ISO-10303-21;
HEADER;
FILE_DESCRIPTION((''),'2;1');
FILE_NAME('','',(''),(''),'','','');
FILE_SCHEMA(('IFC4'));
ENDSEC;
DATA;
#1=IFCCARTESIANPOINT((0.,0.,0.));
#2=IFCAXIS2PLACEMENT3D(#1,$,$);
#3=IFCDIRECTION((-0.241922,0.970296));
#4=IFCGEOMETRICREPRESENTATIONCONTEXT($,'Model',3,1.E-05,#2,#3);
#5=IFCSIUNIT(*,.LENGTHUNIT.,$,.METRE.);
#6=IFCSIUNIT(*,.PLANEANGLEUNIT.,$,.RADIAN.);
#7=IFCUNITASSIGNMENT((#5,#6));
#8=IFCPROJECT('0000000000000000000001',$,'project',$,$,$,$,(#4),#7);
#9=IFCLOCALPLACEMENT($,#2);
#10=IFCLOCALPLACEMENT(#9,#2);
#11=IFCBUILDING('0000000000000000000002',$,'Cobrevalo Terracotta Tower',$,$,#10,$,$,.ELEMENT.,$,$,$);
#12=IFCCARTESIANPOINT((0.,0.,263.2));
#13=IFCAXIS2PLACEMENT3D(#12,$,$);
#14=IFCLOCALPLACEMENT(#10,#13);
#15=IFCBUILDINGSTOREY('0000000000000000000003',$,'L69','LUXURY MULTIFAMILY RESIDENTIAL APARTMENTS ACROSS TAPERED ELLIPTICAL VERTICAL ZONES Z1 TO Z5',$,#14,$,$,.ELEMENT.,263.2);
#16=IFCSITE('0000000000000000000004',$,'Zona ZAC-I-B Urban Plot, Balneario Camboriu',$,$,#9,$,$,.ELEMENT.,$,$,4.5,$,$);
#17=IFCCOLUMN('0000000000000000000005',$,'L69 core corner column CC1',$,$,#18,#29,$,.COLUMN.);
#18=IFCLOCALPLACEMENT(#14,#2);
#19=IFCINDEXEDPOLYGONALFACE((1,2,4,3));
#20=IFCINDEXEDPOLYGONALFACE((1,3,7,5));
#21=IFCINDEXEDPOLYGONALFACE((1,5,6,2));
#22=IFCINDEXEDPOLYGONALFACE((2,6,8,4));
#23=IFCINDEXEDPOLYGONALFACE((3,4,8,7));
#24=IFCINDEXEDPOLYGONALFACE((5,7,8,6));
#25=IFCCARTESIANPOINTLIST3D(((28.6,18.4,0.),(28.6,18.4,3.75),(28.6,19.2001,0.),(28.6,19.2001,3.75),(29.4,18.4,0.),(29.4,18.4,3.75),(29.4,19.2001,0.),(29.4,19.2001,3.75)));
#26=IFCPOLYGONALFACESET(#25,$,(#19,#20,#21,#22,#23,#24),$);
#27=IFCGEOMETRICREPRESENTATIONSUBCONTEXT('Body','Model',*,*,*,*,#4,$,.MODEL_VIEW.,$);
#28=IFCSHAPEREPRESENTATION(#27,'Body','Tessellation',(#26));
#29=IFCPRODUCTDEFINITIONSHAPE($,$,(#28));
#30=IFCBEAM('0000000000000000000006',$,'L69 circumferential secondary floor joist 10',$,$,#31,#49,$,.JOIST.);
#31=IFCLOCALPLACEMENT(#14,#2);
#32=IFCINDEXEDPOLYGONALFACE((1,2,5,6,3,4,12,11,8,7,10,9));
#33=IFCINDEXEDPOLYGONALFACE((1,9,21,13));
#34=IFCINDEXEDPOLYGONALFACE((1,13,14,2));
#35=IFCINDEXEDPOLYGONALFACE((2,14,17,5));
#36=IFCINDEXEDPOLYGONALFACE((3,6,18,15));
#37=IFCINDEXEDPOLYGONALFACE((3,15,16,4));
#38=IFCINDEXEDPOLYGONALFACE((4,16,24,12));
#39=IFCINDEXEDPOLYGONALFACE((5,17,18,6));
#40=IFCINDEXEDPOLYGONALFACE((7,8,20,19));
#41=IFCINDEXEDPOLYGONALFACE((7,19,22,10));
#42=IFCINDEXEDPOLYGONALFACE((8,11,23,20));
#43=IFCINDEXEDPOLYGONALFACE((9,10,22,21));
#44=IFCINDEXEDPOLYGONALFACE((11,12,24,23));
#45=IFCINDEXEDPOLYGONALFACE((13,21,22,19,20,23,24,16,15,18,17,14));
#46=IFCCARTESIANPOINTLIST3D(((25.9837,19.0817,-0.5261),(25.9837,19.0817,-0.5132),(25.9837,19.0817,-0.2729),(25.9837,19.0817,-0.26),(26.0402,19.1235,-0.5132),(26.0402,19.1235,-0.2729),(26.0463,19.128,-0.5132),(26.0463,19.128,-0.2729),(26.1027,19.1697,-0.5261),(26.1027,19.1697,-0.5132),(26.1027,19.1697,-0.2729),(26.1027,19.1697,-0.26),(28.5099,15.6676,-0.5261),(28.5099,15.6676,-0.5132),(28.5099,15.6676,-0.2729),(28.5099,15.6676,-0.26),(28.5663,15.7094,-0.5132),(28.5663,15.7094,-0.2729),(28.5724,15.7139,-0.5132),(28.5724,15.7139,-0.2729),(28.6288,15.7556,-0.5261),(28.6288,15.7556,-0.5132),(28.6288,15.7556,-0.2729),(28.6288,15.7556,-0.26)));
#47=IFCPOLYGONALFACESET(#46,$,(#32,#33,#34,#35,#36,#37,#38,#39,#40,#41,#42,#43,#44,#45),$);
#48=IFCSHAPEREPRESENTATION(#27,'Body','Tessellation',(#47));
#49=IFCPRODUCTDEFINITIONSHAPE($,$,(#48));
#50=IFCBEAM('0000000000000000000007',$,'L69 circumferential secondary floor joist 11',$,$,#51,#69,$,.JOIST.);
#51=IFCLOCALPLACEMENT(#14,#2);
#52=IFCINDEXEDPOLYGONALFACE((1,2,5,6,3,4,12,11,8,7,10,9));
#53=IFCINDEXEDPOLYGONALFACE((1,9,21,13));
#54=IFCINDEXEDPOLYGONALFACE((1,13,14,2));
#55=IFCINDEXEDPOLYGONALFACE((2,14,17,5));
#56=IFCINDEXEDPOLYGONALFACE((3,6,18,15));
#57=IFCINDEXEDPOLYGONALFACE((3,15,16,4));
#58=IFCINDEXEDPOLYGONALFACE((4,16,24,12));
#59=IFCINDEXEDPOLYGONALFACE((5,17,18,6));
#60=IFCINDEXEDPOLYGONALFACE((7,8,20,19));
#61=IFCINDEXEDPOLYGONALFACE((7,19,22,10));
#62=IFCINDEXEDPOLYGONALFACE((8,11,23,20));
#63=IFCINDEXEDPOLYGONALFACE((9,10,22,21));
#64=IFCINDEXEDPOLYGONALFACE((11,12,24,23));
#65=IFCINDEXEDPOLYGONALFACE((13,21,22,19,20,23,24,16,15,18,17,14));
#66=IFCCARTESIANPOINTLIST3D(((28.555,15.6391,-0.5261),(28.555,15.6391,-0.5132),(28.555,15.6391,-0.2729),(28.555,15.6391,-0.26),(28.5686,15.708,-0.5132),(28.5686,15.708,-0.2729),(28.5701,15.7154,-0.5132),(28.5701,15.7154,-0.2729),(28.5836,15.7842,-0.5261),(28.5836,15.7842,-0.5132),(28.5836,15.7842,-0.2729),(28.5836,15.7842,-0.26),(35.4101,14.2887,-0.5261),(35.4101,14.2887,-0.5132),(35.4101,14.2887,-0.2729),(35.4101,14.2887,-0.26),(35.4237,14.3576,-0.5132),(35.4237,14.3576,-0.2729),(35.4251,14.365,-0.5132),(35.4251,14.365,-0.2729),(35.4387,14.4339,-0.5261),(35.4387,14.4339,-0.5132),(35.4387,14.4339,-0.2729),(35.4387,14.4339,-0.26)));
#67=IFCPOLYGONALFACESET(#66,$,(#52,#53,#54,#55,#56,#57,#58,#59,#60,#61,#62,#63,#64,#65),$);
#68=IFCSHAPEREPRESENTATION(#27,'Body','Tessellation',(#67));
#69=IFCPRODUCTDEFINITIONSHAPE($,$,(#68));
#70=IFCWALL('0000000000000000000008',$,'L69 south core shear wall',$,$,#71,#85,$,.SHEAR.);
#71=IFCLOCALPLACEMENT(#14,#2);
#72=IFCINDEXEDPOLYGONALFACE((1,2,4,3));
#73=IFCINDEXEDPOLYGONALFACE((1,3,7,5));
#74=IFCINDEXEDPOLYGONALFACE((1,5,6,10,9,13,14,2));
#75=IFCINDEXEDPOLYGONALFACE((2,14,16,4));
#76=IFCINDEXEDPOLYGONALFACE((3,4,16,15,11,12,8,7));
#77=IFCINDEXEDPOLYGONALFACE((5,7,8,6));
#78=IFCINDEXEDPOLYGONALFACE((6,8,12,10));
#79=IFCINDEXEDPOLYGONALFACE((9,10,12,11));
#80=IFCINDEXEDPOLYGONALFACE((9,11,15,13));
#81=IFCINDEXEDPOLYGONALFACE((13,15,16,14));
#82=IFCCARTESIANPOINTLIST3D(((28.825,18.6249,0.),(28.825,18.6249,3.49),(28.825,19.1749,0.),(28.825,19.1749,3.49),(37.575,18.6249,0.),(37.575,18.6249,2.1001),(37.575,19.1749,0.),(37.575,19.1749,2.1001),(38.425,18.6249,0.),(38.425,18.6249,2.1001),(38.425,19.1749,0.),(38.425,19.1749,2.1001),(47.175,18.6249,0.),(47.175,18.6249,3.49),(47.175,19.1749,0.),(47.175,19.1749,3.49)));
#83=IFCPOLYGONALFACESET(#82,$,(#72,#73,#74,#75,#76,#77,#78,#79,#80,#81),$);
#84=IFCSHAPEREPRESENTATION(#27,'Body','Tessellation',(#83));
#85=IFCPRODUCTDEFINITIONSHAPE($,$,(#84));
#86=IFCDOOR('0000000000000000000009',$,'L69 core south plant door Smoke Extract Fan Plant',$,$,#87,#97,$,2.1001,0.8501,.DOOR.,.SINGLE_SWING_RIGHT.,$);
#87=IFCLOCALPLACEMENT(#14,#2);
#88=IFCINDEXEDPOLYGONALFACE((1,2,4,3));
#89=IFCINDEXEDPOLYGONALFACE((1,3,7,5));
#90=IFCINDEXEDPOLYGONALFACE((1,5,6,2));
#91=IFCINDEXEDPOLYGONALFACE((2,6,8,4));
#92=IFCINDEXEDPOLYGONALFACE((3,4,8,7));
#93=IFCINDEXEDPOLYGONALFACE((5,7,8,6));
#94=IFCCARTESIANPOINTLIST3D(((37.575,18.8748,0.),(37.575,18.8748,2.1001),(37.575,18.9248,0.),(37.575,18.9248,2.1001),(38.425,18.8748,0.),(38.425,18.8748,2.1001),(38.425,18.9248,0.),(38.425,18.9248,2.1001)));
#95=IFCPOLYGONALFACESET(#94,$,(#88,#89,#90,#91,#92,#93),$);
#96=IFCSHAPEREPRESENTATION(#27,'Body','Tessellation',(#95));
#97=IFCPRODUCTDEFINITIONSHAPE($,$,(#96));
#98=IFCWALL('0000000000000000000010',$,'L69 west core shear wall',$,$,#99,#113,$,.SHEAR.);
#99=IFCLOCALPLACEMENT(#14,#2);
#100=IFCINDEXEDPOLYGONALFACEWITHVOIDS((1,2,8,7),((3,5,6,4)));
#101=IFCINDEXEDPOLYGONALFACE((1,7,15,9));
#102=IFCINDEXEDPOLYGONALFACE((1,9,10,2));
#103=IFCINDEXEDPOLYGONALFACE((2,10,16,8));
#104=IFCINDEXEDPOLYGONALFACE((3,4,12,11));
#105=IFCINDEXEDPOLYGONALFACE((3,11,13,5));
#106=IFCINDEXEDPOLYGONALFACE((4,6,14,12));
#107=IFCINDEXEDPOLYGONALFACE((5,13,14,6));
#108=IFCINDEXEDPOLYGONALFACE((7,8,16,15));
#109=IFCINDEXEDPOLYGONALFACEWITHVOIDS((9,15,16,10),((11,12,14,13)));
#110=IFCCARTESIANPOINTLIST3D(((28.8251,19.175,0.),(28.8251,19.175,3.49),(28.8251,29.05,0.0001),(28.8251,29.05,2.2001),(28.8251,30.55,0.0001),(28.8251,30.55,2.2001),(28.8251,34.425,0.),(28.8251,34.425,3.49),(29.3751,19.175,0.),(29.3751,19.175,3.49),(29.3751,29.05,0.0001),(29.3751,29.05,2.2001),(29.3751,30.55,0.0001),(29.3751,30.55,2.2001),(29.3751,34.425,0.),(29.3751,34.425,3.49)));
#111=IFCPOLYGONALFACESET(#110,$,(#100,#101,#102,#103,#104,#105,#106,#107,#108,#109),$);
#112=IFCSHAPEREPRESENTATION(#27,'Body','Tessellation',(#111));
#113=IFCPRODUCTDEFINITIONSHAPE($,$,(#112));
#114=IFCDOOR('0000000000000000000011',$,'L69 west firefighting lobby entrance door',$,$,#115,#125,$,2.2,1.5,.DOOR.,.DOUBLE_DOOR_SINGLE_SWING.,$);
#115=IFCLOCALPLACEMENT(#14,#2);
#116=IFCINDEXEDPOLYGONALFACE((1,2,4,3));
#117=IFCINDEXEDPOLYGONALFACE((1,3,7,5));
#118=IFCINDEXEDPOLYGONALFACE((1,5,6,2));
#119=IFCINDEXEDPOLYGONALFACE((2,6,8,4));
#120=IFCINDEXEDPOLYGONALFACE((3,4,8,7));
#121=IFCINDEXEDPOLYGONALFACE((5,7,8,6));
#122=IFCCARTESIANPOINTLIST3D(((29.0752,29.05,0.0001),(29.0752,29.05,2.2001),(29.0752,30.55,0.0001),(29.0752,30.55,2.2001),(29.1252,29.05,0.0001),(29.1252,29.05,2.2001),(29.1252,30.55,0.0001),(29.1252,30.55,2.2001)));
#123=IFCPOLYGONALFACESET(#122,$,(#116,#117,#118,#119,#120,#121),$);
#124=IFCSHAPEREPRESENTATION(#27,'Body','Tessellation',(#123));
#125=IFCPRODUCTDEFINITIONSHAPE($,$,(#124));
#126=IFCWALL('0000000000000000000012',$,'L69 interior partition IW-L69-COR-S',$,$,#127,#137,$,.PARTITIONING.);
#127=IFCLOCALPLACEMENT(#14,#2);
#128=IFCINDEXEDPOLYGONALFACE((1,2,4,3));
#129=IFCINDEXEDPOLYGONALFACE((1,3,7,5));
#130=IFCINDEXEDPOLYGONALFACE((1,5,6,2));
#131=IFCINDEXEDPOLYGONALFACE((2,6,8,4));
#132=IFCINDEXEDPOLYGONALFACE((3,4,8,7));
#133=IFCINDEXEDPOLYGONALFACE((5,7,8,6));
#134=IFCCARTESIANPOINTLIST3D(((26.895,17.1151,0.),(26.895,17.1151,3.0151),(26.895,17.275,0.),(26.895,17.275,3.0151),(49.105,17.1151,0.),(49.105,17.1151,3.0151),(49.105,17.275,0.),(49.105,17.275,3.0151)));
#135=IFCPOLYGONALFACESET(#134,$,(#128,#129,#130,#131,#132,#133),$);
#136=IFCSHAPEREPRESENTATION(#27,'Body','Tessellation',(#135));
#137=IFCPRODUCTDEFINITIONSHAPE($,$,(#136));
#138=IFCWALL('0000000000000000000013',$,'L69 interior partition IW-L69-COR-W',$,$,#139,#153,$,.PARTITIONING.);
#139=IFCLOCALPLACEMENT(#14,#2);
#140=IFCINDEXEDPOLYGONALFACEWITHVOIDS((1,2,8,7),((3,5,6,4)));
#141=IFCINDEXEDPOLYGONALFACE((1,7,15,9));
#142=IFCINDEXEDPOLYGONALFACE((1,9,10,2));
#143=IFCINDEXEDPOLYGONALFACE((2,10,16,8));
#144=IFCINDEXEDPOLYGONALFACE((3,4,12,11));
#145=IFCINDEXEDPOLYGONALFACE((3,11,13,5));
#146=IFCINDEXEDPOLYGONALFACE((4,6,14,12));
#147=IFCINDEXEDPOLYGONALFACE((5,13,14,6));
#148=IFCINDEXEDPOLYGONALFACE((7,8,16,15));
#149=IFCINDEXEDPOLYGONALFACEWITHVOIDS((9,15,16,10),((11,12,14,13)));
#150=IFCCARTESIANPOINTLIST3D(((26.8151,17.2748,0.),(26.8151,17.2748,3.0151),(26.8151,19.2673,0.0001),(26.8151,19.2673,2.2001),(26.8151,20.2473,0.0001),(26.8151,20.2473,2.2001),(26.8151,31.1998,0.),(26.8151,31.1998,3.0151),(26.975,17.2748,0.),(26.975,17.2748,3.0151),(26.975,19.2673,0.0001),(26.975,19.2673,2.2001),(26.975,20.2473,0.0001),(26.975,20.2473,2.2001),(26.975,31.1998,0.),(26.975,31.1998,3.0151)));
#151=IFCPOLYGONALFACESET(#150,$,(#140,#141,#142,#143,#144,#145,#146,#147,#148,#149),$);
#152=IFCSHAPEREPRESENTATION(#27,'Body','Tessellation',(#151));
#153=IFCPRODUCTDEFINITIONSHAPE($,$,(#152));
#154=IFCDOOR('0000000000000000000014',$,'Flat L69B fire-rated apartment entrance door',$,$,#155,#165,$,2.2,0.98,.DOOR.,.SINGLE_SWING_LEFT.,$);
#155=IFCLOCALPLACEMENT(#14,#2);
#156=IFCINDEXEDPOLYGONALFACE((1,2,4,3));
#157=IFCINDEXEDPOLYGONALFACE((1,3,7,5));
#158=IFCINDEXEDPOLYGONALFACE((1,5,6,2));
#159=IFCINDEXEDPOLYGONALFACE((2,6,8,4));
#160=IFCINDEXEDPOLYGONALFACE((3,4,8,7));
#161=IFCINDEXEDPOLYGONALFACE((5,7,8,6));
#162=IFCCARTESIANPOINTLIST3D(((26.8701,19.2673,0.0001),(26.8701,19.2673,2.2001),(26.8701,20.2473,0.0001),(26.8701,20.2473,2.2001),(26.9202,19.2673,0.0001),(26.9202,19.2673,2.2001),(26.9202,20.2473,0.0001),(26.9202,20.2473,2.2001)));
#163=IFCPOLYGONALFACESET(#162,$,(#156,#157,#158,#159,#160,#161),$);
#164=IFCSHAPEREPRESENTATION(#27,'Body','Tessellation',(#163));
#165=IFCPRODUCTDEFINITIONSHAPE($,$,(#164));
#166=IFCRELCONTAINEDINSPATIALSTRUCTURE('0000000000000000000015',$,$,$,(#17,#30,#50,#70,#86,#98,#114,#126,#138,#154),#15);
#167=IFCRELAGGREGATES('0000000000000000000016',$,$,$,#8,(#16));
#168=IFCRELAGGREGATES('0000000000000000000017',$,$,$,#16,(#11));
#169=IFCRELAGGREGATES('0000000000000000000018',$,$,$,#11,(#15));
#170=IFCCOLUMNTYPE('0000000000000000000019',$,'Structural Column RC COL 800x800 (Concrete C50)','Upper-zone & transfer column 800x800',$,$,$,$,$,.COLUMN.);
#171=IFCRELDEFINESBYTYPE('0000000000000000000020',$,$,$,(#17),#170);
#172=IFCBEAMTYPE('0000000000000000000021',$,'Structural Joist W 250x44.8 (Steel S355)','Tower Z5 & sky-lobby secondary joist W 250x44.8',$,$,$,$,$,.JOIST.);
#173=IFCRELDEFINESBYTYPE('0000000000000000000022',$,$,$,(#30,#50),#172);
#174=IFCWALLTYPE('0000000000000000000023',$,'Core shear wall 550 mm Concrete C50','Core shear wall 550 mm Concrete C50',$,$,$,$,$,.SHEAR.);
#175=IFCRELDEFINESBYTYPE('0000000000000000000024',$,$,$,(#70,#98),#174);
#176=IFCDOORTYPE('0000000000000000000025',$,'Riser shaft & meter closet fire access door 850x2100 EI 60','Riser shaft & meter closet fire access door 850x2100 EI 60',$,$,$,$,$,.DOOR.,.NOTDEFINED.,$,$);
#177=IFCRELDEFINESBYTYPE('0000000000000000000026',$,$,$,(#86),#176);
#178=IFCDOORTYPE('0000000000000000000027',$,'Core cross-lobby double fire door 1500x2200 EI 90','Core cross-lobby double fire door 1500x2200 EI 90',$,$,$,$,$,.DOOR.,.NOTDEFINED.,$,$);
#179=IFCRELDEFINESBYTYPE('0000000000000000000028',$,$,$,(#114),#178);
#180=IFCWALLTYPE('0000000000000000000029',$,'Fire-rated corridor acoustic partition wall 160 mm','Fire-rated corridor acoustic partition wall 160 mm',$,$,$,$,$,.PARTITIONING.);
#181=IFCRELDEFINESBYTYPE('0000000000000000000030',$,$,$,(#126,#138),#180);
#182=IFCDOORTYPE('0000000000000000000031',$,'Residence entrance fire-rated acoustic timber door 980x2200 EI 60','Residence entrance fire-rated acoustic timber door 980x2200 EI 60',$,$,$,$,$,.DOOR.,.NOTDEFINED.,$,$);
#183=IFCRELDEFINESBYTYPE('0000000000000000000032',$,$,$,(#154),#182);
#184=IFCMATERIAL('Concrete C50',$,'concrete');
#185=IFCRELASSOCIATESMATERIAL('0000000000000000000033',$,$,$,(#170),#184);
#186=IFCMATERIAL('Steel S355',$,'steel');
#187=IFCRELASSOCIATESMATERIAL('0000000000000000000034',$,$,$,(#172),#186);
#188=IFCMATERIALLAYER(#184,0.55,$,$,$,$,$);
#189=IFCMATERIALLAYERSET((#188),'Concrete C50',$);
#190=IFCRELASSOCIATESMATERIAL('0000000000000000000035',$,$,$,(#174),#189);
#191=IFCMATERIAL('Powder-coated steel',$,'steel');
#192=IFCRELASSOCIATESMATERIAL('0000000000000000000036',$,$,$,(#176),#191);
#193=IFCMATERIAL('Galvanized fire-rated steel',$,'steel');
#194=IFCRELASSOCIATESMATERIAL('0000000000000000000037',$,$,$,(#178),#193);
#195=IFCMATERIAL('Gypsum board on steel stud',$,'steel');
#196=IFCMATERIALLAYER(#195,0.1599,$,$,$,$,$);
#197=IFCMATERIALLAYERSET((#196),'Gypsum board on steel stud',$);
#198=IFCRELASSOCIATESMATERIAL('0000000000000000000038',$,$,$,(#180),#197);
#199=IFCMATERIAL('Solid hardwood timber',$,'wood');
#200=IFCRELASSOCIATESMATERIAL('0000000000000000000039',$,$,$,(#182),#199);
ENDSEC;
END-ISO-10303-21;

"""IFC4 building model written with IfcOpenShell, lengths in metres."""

from ifc_helpers import new_model, si_unit, direction, frame, frame_2d, origin, origin_2d, place, context, subcontext, project, spatial, rectangle, i_section, extrude, source, transform, mapped, material, layer, layer_set, material_profile, profile_set, type_object, element, fill, save


model = new_model("IFC4")

# Units and contexts
model_context = context("Model", 3, precision=1e-05, world=origin(), true_north=direction((-0.241922, 0.970296)))
body_context = subcontext(model_context, "Body", "Model", "MODEL_VIEW")
ifc_project = project(units=[si_unit("LENGTHUNIT", "METRE"), si_unit("PLANEANGLEUNIT", "RADIAN")], contexts=[model_context])

# Site, building, storey
site_placement = place(None, origin())
site = spatial("IfcSite", under=ifc_project, at=site_placement, Name="Zona ZAC-I-B Urban Plot, Balneario Camboriu", CompositionType="ELEMENT", RefElevation=4.5)
building_placement = place(site_placement, origin())
building = spatial("IfcBuilding", under=site, at=building_placement, Name="Cobrevalo Terracotta Tower", CompositionType="ELEMENT")
storey_placement = place(building_placement, frame((0.0, 0.0, 263.2)))
storey = spatial("IfcBuildingStorey", under=building, at=storey_placement, Name="L69", Description="LUXURY MULTIFAMILY RESIDENTIAL APARTMENTS ACROSS TAPERED ELLIPTICAL VERTICAL ZONES Z1 TO Z5", CompositionType="ELEMENT", Elevation=263.2)

# Column
ifc_material_1 = material(Name="Concrete C50", Category="concrete")
ifc_material_profile_1 = material_profile(ifc_material_1, rectangle(XDim=0.8, YDim=0.8, at=origin_2d()), Name="RC COL 800x800")
ifc_profile_set_1 = profile_set([ifc_material_profile_1], Name="Concrete C50")
column_type = type_object("IfcColumnType", Name="Structural Column RC COL 800x800 (Concrete C50)", Description="Upper-zone & transfer column 800x800", PredefinedType="COLUMN", material=ifc_profile_set_1)
column_placement = place(storey_placement, frame((29.0, 18.8, 0.0), z_axis=(0.0, 0.0, 1.0), x_axis=(1.0, 0.0, 0.0)))
element("IfcColumn", 1, at=column_placement, inside=storey, type_object=column_type, Name="L69 core corner column CC1", PredefinedType="COLUMN", context=body_context, shape_type="SweptSolid", body=[
    extrude(rectangle(XDim=0.8, YDim=0.8, at=origin_2d()), origin(), (0.0, 0.0, 1.0), 3.75),
])

# Beams
ifc_material_2 = material(Name="Steel S355", Category="steel")
ifc_material_profile_2 = material_profile(ifc_material_2, i_section(OverallWidth=0.1479, OverallDepth=0.2661, WebThickness=0.0076, FlangeThickness=0.0129, at=origin_2d()), Name="W 250x44.8")
ifc_profile_set_2 = profile_set([ifc_material_profile_2], Name="Steel S355")
beam_type = type_object("IfcBeamType", Name="Structural Joist W 250x44.8 (Steel S355)", Description="Tower Z5 & sky-lobby secondary joist W 250x44.8", PredefinedType="JOIST", material=ifc_profile_set_2)
beam_1_placement = place(storey_placement, frame((26.0432, 19.1257, -0.3931), z_axis=(0.5948, -0.803874, 0.0), x_axis=(0.803874, 0.5948, 0.0)))
element("IfcBeam", 2, at=beam_1_placement, inside=storey, type_object=beam_type, Name="L69 circumferential secondary floor joist 10", PredefinedType="JOIST", context=body_context, shape_type="SweptSolid", body=[
    extrude(i_section(OverallWidth=0.1479, OverallDepth=0.2661, WebThickness=0.0076, FlangeThickness=0.0129, at=origin_2d()), origin(), (0.0, 0.0, 1.0), 4.2471),
])
beam_2_placement = place(storey_placement, frame((28.5693, 15.7117, -0.3931), z_axis=(0.981145, -0.193273, 0.0), x_axis=(0.193273, 0.981145, 0.0)))
element("IfcBeam", 3, at=beam_2_placement, inside=storey, type_object=beam_type, Name="L69 circumferential secondary floor joist 11", PredefinedType="JOIST", context=body_context, shape_type="SweptSolid", body=[
    extrude(i_section(OverallWidth=0.1479, OverallDepth=0.2661, WebThickness=0.0076, FlangeThickness=0.0129, at=origin_2d()), origin(), (0.0, 0.0, 1.0), 6.9868),
])

# Walls, openings, doors
ifc_layer_1 = layer(ifc_material_1, 0.55)
ifc_layer_set_1 = layer_set([ifc_layer_1], Name="Concrete C50")
wall_type_1 = type_object("IfcWallType", Name="Core shear wall 550 mm Concrete C50", Description="Core shear wall 550 mm Concrete C50", PredefinedType="SHEAR", material=ifc_layer_set_1)
wall_1_placement = place(storey_placement, frame((28.825, 18.8999, 0.0), z_axis=(0.0, 0.0, 1.0), x_axis=(1.0, 0.0, 0.0)))
wall_1 = element("IfcWall", 4, at=wall_1_placement, inside=storey, type_object=wall_type_1, Name="L69 south core shear wall", PredefinedType="SHEAR", context=body_context, shape_type="SweptSolid", body=[
    extrude(rectangle(XDim=18.3501, YDim=0.55, at=frame_2d((9.175, 0.0))), origin(), (0.0, 0.0, 1.0), 3.49),
])
opening_1_placement = place(wall_1_placement, frame((8.75, 0.0, 0.0)))
opening_1 = element("IfcOpeningElement", 5, at=opening_1_placement, cuts=wall_1, PredefinedType="OPENING", context=body_context, shape_type="SweptSolid", body=[
    extrude(rectangle(XDim=0.8501, YDim=2.1001, at=frame_2d((0.425, 1.05))), frame((0.0, 0.2852, 0.0), z_axis=(0.0, -1.0, 0.0), x_axis=(1.0, 0.0, 0.0)), (0.0, 0.0, 1.0), 0.5701),
])
ifc_material_3 = material(Name="Powder-coated steel", Category="steel")
door_type_1 = type_object("IfcDoorType", Name="Riser shaft & meter closet fire access door 850x2100 EI 60", Description="Riser shaft & meter closet fire access door 850x2100 EI 60", OperationType="NOTDEFINED", PredefinedType="DOOR", material=ifc_material_3)
shared_shape_1 = source(origin(), body_context, "Body", "SweptSolid", [
    extrude(rectangle(XDim=0.8501, YDim=2.1001, at=frame_2d((0.425, 1.05))), frame((0.0, 0.0249, 0.0), z_axis=(0.0, -1.0, 0.0), x_axis=(1.0, 0.0, 0.0)), (0.0, 0.0, 1.0), 0.05),
])
door_1_placement = place(opening_1_placement, origin())
door_1 = element("IfcDoor", 6, at=door_1_placement, inside=storey, type_object=door_type_1, Name="L69 core south plant door Smoke Extract Fan Plant", OperationType="SINGLE_SWING_RIGHT", OverallHeight=2.1001, OverallWidth=0.8501, PredefinedType="DOOR", context=body_context, shape_type="MappedRepresentation", body=[
    mapped(shared_shape_1, transform((0.0, 0.0, 0.0), scale=1.0)),
])
fill(opening_1, door_1)
wall_2_placement = place(storey_placement, frame((29.1001, 19.175, 0.0), z_axis=(0.0, 0.0, 1.0), x_axis=(0.0, 1.0, 0.0)))
wall_2 = element("IfcWall", 7, at=wall_2_placement, inside=storey, type_object=wall_type_1, Name="L69 west core shear wall", PredefinedType="SHEAR", context=body_context, shape_type="SweptSolid", body=[
    extrude(rectangle(XDim=15.25, YDim=0.55, at=frame_2d((7.625, 0.0))), origin(), (0.0, 0.0, 1.0), 3.49),
])
opening_2_placement = place(wall_2_placement, frame((9.875, 0.0, 0.0)))
opening_2 = element("IfcOpeningElement", 8, at=opening_2_placement, cuts=wall_2, PredefinedType="OPENING", context=body_context, shape_type="SweptSolid", body=[
    extrude(rectangle(XDim=1.5, YDim=2.2, at=frame_2d((0.75, 1.1001))), frame((0.0, 0.2852, 0.0), z_axis=(0.0, -1.0, 0.0), x_axis=(1.0, 0.0, 0.0)), (0.0, 0.0, 1.0), 0.5701),
])
ifc_material_4 = material(Name="Galvanized fire-rated steel", Category="steel")
door_type_2 = type_object("IfcDoorType", Name="Core cross-lobby double fire door 1500x2200 EI 90", Description="Core cross-lobby double fire door 1500x2200 EI 90", OperationType="NOTDEFINED", PredefinedType="DOOR", material=ifc_material_4)
shared_shape_2 = source(origin(), body_context, "Body", "SweptSolid", [
    extrude(rectangle(XDim=1.5, YDim=2.2, at=frame_2d((0.75, 1.1001))), frame((0.0, 0.0249, 0.0), z_axis=(0.0, -1.0, 0.0), x_axis=(1.0, 0.0, 0.0)), (0.0, 0.0, 1.0), 0.05),
])
door_2_placement = place(opening_2_placement, origin())
door_2 = element("IfcDoor", 9, at=door_2_placement, inside=storey, type_object=door_type_2, Name="L69 west firefighting lobby entrance door", OperationType="DOUBLE_DOOR_SINGLE_SWING", OverallHeight=2.2, OverallWidth=1.5, PredefinedType="DOOR", context=body_context, shape_type="MappedRepresentation", body=[
    mapped(shared_shape_2, transform((0.0, 0.0, 0.0), scale=1.0)),
])
fill(opening_2, door_2)

# Wall
ifc_material_5 = material(Name="Gypsum board on steel stud", Category="steel")
ifc_layer_2 = layer(ifc_material_5, 0.1599)
ifc_layer_set_2 = layer_set([ifc_layer_2], Name="Gypsum board on steel stud")
wall_type_2 = type_object("IfcWallType", Name="Fire-rated corridor acoustic partition wall 160 mm", Description="Fire-rated corridor acoustic partition wall 160 mm", PredefinedType="PARTITIONING", material=ifc_layer_set_2)
wall_3_placement = place(storey_placement, frame((26.895, 17.1951, 0.0), z_axis=(0.0, 0.0, 1.0), x_axis=(1.0, 0.0, 0.0)))
element("IfcWall", 10, at=wall_3_placement, inside=storey, type_object=wall_type_2, Name="L69 interior partition IW-L69-COR-S", PredefinedType="PARTITIONING", context=body_context, shape_type="SweptSolid", body=[
    extrude(rectangle(XDim=22.21, YDim=0.1599, at=frame_2d((11.105, 0.0))), origin(), (0.0, 0.0, 1.0), 3.0151),
])

# Wall, opening, door
wall_4_placement = place(storey_placement, frame((26.895, 17.2749, 0.0), z_axis=(0.0, 0.0, 1.0), x_axis=(0.0, 1.0, 0.0)))
wall_4 = element("IfcWall", 11, at=wall_4_placement, inside=storey, type_object=wall_type_2, Name="L69 interior partition IW-L69-COR-W", PredefinedType="PARTITIONING", context=body_context, shape_type="SweptSolid", body=[
    extrude(rectangle(XDim=13.925, YDim=0.1599, at=frame_2d((6.9624, 0.0))), origin(), (0.0, 0.0, 1.0), 3.0151),
])
opening_3_placement = place(wall_4_placement, frame((1.9924, 0.0, 0.0)))
opening_3 = element("IfcOpeningElement", 12, at=opening_3_placement, cuts=wall_4, PredefinedType="OPENING", context=body_context, shape_type="SweptSolid", body=[
    extrude(rectangle(XDim=0.98, YDim=2.2, at=frame_2d((0.49, 1.1001))), frame((0.0, 0.0898, 0.0), z_axis=(0.0, -1.0, 0.0), x_axis=(1.0, 0.0, 0.0)), (0.0, 0.0, 1.0), 0.1799),
])
ifc_material_6 = material(Name="Solid hardwood timber", Category="wood")
door_type_3 = type_object("IfcDoorType", Name="Residence entrance fire-rated acoustic timber door 980x2200 EI 60", Description="Residence entrance fire-rated acoustic timber door 980x2200 EI 60", OperationType="NOTDEFINED", PredefinedType="DOOR", material=ifc_material_6)
shared_shape_3 = source(origin(), body_context, "Body", "SweptSolid", [
    extrude(rectangle(XDim=0.98, YDim=2.2, at=frame_2d((0.49, 1.1001))), frame((0.0, 0.0249, 0.0), z_axis=(0.0, -1.0, 0.0), x_axis=(1.0, 0.0, 0.0)), (0.0, 0.0, 1.0), 0.05),
])
door_3_placement = place(opening_3_placement, origin())
door_3 = element("IfcDoor", 13, at=door_3_placement, inside=storey, type_object=door_type_3, Name="Flat L69B fire-rated apartment entrance door", OperationType="SINGLE_SWING_LEFT", OverallHeight=2.2, OverallWidth=0.98, PredefinedType="DOOR", context=body_context, shape_type="MappedRepresentation", body=[
    mapped(shared_shape_3, transform((0.0, 0.0, 0.0), scale=1.0)),
])
fill(opening_3, door_3)

save(model, "model.ifc")
